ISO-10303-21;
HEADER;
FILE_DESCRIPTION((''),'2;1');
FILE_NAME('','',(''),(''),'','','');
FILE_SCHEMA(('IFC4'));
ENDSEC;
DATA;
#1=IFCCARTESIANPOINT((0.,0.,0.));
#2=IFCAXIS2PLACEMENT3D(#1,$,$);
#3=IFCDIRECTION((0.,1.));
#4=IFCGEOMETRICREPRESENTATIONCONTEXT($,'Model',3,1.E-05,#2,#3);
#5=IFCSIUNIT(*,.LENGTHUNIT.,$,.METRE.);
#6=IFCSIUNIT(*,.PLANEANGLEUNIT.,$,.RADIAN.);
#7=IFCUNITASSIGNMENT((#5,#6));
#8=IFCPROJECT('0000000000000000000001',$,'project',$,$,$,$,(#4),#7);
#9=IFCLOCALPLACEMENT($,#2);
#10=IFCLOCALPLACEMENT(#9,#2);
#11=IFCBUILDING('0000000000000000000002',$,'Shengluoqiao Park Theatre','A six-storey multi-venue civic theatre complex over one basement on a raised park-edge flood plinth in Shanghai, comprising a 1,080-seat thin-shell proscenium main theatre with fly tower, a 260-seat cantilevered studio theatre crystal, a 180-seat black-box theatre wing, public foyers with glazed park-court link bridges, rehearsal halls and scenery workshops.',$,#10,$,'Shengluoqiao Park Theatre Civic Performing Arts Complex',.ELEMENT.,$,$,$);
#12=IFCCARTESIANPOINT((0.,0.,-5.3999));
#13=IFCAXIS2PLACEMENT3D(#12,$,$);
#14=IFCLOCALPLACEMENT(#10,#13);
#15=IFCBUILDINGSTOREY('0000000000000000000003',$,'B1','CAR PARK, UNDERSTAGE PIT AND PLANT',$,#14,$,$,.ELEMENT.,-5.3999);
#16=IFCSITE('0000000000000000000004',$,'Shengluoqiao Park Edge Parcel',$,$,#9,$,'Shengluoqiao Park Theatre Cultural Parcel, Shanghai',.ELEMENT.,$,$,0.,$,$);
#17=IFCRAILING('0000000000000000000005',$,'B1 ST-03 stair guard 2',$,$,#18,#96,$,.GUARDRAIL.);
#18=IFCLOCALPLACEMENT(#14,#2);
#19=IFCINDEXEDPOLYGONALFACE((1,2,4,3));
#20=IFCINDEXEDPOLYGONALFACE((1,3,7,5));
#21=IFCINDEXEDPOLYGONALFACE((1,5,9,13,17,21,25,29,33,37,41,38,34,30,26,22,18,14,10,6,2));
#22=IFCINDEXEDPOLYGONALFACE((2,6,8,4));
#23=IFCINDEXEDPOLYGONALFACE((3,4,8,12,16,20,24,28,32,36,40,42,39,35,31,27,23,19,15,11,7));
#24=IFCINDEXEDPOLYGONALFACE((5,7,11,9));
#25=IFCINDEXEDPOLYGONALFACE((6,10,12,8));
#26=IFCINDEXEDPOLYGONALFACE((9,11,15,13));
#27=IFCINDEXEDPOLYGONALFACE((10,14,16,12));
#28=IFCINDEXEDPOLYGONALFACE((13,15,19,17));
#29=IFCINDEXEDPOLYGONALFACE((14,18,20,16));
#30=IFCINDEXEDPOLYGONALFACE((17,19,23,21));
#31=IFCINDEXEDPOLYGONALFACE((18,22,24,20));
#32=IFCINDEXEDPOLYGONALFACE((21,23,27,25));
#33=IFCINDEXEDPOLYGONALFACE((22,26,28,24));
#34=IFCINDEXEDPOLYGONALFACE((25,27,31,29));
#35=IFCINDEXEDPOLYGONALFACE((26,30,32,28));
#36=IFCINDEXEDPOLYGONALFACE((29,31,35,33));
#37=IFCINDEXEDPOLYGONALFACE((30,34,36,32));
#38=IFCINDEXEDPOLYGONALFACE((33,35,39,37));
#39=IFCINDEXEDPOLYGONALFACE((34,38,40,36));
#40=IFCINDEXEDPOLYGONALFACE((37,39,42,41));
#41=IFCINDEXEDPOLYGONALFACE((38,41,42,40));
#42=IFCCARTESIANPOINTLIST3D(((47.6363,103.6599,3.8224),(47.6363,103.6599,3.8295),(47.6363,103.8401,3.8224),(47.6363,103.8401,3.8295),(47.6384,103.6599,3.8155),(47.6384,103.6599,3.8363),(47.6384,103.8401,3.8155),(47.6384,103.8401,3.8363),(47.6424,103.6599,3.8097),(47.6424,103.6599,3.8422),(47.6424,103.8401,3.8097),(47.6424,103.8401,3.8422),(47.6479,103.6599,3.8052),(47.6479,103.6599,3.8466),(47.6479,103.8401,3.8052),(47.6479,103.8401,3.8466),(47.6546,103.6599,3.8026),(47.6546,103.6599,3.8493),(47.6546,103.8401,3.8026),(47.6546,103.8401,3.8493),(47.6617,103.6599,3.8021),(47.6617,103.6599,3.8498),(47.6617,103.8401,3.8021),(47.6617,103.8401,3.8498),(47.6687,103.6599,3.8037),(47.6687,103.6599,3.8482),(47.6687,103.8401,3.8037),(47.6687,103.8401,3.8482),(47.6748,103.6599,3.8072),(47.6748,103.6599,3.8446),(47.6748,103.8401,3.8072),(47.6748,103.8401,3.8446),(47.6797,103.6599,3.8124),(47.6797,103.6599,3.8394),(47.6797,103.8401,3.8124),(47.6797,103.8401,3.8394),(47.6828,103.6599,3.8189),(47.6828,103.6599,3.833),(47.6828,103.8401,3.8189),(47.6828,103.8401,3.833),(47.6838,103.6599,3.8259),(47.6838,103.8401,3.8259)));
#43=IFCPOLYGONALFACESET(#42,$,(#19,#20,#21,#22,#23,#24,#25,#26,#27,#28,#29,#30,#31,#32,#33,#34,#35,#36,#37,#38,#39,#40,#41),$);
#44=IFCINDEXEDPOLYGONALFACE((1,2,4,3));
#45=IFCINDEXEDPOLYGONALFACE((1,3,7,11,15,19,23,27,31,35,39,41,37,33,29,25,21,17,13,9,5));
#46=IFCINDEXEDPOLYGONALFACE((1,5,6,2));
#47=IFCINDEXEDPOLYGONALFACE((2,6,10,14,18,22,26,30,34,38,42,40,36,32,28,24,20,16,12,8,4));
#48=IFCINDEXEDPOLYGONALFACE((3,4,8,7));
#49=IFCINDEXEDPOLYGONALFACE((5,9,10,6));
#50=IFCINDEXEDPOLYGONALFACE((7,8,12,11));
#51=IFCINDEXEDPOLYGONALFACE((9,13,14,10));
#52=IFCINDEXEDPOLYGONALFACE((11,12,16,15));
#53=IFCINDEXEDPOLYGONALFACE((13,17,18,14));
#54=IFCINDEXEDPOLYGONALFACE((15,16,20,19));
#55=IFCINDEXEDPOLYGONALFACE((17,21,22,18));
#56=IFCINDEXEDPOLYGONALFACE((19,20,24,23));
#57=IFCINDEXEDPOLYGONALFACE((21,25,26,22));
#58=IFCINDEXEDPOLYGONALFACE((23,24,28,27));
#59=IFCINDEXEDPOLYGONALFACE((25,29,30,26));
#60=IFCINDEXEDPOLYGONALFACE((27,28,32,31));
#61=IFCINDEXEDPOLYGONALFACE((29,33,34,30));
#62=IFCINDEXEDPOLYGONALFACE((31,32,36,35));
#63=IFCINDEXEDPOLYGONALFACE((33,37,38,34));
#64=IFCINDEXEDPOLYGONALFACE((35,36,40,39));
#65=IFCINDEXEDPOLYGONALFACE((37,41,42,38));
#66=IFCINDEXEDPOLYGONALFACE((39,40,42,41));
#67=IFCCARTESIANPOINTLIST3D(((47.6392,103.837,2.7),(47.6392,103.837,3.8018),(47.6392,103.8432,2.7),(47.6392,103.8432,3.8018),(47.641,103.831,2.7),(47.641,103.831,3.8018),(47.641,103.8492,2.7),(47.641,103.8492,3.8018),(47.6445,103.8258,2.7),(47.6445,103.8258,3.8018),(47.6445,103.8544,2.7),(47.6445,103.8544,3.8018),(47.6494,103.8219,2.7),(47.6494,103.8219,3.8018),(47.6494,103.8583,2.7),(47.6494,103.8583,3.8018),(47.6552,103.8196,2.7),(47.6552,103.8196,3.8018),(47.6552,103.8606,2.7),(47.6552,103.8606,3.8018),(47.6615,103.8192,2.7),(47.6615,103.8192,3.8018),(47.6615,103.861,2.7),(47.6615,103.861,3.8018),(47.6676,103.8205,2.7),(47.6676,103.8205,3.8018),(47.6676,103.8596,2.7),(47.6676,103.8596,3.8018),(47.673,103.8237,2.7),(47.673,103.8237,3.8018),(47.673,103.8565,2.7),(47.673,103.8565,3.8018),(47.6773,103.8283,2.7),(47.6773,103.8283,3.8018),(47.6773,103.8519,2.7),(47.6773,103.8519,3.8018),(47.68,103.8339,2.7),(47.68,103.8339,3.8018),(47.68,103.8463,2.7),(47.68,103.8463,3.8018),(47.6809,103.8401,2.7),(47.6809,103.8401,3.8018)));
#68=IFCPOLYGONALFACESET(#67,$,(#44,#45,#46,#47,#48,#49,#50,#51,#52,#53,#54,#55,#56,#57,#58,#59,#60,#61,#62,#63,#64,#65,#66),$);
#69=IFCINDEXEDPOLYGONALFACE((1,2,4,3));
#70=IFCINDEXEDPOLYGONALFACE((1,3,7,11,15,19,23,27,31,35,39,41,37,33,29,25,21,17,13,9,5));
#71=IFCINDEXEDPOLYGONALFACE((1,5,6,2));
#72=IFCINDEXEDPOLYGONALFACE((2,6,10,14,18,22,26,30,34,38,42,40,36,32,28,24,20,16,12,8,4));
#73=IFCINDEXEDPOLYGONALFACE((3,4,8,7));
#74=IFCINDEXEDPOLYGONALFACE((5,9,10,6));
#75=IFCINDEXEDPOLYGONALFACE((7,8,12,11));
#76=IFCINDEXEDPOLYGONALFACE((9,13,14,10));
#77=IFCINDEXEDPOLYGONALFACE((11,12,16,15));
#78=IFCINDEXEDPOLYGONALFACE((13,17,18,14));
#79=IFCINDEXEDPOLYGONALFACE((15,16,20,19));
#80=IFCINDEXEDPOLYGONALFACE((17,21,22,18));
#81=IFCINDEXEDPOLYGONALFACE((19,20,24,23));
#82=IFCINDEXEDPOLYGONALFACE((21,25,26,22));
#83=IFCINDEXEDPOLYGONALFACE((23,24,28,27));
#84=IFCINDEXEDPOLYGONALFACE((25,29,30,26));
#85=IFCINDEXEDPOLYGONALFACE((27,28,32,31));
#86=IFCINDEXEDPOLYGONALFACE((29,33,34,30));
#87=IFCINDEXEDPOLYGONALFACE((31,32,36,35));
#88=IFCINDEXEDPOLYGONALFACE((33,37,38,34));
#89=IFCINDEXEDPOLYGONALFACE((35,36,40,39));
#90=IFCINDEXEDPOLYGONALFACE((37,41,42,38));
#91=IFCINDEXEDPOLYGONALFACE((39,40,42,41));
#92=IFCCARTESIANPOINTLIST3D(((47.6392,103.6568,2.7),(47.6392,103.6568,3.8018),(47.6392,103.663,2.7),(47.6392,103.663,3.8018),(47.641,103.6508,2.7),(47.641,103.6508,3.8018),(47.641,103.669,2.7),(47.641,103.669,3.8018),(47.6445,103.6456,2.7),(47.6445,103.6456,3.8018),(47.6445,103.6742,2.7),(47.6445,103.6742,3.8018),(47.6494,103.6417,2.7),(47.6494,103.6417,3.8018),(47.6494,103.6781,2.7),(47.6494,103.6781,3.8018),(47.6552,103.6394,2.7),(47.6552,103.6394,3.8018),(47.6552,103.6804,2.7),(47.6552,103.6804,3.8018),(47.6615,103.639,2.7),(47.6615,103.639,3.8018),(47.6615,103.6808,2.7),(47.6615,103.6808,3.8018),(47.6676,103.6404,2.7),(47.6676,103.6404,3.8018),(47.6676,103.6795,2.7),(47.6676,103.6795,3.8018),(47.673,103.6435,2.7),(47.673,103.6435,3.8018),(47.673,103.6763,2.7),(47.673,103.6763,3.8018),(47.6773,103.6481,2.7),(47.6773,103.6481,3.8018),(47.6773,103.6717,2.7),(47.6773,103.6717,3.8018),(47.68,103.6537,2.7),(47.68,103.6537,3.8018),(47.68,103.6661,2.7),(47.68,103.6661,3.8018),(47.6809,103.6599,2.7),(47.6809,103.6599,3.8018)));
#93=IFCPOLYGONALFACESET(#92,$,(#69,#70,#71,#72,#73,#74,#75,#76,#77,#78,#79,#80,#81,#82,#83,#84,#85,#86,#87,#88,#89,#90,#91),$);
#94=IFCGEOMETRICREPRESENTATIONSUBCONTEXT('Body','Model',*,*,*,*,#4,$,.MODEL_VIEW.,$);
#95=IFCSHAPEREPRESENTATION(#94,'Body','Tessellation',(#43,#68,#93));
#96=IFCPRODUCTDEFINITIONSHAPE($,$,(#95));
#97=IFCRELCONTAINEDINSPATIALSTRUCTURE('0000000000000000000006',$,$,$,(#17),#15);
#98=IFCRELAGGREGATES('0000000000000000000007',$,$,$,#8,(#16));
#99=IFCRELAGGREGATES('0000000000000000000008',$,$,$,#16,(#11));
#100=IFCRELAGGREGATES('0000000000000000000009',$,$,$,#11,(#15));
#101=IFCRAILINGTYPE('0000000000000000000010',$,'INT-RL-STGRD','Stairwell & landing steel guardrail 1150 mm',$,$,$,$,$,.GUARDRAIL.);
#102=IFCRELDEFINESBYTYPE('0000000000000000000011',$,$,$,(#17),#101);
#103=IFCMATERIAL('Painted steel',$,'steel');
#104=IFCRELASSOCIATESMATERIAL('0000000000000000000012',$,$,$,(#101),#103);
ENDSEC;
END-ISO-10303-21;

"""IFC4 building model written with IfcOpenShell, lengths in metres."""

from ifc_helpers import new_model, si_unit, direction, frame, origin, origin_2d, place, context, subcontext, project, spatial, circle, extrude, material, type_object, element, save


model = new_model("IFC4")

# Units and contexts
model_context = context("Model", 3, precision=1e-05, world=origin(), true_north=direction((0.0, 1.0)))
body_context = subcontext(model_context, "Body", "Model", "MODEL_VIEW")
ifc_project = project(units=[si_unit("LENGTHUNIT", "METRE"), si_unit("PLANEANGLEUNIT", "RADIAN")], contexts=[model_context])

# Site, building, storey
site_placement = place(None, origin())
site = spatial("IfcSite", under=ifc_project, at=site_placement, Name="Shengluoqiao Park Edge Parcel", LongName="Shengluoqiao Park Theatre Cultural Parcel, Shanghai", CompositionType="ELEMENT", RefElevation=0.0)
building_placement = place(site_placement, origin())
building = spatial("IfcBuilding", under=site, at=building_placement, Name="Shengluoqiao Park Theatre", Description="A six-storey multi-venue civic theatre complex over one basement on a raised park-edge flood plinth in Shanghai, comprising a 1,080-seat thin-shell proscenium main theatre with fly tower, a 260-seat cantilevered studio theatre crystal, a 180-seat black-box theatre wing, public foyers with glazed park-court link bridges, rehearsal halls and scenery workshops.", LongName="Shengluoqiao Park Theatre Civic Performing Arts Complex", CompositionType="ELEMENT")
storey_placement = place(building_placement, frame((0.0, 0.0, -5.3999)))
storey = spatial("IfcBuildingStorey", under=building, at=storey_placement, Name="B1", Description="CAR PARK, UNDERSTAGE PIT AND PLANT", CompositionType="ELEMENT", Elevation=-5.3999)

# Railing
ifc_material_1 = material(Name="Painted steel", Category="steel")
railing_type_1 = type_object("IfcRailingType", Name="INT-RL-STGRD", Description="Stairwell & landing steel guardrail 1150 mm", PredefinedType="GUARDRAIL", material=ifc_material_1)
railing_1_placement = place(storey_placement, frame((47.6599, 103.8401, 2.7)))
element("IfcRailing", 1, at=railing_1_placement, inside=storey, type_object=railing_type_1, Name="B1 ST-03 stair guard 2", PredefinedType="GUARDRAIL", context=body_context, shape_type="SweptSolid", body=[
    extrude(circle(Radius=0.0239, at=origin_2d()), frame((0.0, 0.0, 1.126), z_axis=(0.0, -1.0, 0.0), x_axis=(1.0, 0.0, 0.0)), (0.0, 0.0, 1.0), 0.1802),
    extrude(circle(Radius=0.021, at=origin_2d()), origin(), (0.0, 0.0, 1.0), 1.1018),
    extrude(circle(Radius=0.021, at=origin_2d()), frame((0.0, -0.1802, 0.0)), (0.0, 0.0, 1.0), 1.1018),
])

save(model, "model.ifc")
